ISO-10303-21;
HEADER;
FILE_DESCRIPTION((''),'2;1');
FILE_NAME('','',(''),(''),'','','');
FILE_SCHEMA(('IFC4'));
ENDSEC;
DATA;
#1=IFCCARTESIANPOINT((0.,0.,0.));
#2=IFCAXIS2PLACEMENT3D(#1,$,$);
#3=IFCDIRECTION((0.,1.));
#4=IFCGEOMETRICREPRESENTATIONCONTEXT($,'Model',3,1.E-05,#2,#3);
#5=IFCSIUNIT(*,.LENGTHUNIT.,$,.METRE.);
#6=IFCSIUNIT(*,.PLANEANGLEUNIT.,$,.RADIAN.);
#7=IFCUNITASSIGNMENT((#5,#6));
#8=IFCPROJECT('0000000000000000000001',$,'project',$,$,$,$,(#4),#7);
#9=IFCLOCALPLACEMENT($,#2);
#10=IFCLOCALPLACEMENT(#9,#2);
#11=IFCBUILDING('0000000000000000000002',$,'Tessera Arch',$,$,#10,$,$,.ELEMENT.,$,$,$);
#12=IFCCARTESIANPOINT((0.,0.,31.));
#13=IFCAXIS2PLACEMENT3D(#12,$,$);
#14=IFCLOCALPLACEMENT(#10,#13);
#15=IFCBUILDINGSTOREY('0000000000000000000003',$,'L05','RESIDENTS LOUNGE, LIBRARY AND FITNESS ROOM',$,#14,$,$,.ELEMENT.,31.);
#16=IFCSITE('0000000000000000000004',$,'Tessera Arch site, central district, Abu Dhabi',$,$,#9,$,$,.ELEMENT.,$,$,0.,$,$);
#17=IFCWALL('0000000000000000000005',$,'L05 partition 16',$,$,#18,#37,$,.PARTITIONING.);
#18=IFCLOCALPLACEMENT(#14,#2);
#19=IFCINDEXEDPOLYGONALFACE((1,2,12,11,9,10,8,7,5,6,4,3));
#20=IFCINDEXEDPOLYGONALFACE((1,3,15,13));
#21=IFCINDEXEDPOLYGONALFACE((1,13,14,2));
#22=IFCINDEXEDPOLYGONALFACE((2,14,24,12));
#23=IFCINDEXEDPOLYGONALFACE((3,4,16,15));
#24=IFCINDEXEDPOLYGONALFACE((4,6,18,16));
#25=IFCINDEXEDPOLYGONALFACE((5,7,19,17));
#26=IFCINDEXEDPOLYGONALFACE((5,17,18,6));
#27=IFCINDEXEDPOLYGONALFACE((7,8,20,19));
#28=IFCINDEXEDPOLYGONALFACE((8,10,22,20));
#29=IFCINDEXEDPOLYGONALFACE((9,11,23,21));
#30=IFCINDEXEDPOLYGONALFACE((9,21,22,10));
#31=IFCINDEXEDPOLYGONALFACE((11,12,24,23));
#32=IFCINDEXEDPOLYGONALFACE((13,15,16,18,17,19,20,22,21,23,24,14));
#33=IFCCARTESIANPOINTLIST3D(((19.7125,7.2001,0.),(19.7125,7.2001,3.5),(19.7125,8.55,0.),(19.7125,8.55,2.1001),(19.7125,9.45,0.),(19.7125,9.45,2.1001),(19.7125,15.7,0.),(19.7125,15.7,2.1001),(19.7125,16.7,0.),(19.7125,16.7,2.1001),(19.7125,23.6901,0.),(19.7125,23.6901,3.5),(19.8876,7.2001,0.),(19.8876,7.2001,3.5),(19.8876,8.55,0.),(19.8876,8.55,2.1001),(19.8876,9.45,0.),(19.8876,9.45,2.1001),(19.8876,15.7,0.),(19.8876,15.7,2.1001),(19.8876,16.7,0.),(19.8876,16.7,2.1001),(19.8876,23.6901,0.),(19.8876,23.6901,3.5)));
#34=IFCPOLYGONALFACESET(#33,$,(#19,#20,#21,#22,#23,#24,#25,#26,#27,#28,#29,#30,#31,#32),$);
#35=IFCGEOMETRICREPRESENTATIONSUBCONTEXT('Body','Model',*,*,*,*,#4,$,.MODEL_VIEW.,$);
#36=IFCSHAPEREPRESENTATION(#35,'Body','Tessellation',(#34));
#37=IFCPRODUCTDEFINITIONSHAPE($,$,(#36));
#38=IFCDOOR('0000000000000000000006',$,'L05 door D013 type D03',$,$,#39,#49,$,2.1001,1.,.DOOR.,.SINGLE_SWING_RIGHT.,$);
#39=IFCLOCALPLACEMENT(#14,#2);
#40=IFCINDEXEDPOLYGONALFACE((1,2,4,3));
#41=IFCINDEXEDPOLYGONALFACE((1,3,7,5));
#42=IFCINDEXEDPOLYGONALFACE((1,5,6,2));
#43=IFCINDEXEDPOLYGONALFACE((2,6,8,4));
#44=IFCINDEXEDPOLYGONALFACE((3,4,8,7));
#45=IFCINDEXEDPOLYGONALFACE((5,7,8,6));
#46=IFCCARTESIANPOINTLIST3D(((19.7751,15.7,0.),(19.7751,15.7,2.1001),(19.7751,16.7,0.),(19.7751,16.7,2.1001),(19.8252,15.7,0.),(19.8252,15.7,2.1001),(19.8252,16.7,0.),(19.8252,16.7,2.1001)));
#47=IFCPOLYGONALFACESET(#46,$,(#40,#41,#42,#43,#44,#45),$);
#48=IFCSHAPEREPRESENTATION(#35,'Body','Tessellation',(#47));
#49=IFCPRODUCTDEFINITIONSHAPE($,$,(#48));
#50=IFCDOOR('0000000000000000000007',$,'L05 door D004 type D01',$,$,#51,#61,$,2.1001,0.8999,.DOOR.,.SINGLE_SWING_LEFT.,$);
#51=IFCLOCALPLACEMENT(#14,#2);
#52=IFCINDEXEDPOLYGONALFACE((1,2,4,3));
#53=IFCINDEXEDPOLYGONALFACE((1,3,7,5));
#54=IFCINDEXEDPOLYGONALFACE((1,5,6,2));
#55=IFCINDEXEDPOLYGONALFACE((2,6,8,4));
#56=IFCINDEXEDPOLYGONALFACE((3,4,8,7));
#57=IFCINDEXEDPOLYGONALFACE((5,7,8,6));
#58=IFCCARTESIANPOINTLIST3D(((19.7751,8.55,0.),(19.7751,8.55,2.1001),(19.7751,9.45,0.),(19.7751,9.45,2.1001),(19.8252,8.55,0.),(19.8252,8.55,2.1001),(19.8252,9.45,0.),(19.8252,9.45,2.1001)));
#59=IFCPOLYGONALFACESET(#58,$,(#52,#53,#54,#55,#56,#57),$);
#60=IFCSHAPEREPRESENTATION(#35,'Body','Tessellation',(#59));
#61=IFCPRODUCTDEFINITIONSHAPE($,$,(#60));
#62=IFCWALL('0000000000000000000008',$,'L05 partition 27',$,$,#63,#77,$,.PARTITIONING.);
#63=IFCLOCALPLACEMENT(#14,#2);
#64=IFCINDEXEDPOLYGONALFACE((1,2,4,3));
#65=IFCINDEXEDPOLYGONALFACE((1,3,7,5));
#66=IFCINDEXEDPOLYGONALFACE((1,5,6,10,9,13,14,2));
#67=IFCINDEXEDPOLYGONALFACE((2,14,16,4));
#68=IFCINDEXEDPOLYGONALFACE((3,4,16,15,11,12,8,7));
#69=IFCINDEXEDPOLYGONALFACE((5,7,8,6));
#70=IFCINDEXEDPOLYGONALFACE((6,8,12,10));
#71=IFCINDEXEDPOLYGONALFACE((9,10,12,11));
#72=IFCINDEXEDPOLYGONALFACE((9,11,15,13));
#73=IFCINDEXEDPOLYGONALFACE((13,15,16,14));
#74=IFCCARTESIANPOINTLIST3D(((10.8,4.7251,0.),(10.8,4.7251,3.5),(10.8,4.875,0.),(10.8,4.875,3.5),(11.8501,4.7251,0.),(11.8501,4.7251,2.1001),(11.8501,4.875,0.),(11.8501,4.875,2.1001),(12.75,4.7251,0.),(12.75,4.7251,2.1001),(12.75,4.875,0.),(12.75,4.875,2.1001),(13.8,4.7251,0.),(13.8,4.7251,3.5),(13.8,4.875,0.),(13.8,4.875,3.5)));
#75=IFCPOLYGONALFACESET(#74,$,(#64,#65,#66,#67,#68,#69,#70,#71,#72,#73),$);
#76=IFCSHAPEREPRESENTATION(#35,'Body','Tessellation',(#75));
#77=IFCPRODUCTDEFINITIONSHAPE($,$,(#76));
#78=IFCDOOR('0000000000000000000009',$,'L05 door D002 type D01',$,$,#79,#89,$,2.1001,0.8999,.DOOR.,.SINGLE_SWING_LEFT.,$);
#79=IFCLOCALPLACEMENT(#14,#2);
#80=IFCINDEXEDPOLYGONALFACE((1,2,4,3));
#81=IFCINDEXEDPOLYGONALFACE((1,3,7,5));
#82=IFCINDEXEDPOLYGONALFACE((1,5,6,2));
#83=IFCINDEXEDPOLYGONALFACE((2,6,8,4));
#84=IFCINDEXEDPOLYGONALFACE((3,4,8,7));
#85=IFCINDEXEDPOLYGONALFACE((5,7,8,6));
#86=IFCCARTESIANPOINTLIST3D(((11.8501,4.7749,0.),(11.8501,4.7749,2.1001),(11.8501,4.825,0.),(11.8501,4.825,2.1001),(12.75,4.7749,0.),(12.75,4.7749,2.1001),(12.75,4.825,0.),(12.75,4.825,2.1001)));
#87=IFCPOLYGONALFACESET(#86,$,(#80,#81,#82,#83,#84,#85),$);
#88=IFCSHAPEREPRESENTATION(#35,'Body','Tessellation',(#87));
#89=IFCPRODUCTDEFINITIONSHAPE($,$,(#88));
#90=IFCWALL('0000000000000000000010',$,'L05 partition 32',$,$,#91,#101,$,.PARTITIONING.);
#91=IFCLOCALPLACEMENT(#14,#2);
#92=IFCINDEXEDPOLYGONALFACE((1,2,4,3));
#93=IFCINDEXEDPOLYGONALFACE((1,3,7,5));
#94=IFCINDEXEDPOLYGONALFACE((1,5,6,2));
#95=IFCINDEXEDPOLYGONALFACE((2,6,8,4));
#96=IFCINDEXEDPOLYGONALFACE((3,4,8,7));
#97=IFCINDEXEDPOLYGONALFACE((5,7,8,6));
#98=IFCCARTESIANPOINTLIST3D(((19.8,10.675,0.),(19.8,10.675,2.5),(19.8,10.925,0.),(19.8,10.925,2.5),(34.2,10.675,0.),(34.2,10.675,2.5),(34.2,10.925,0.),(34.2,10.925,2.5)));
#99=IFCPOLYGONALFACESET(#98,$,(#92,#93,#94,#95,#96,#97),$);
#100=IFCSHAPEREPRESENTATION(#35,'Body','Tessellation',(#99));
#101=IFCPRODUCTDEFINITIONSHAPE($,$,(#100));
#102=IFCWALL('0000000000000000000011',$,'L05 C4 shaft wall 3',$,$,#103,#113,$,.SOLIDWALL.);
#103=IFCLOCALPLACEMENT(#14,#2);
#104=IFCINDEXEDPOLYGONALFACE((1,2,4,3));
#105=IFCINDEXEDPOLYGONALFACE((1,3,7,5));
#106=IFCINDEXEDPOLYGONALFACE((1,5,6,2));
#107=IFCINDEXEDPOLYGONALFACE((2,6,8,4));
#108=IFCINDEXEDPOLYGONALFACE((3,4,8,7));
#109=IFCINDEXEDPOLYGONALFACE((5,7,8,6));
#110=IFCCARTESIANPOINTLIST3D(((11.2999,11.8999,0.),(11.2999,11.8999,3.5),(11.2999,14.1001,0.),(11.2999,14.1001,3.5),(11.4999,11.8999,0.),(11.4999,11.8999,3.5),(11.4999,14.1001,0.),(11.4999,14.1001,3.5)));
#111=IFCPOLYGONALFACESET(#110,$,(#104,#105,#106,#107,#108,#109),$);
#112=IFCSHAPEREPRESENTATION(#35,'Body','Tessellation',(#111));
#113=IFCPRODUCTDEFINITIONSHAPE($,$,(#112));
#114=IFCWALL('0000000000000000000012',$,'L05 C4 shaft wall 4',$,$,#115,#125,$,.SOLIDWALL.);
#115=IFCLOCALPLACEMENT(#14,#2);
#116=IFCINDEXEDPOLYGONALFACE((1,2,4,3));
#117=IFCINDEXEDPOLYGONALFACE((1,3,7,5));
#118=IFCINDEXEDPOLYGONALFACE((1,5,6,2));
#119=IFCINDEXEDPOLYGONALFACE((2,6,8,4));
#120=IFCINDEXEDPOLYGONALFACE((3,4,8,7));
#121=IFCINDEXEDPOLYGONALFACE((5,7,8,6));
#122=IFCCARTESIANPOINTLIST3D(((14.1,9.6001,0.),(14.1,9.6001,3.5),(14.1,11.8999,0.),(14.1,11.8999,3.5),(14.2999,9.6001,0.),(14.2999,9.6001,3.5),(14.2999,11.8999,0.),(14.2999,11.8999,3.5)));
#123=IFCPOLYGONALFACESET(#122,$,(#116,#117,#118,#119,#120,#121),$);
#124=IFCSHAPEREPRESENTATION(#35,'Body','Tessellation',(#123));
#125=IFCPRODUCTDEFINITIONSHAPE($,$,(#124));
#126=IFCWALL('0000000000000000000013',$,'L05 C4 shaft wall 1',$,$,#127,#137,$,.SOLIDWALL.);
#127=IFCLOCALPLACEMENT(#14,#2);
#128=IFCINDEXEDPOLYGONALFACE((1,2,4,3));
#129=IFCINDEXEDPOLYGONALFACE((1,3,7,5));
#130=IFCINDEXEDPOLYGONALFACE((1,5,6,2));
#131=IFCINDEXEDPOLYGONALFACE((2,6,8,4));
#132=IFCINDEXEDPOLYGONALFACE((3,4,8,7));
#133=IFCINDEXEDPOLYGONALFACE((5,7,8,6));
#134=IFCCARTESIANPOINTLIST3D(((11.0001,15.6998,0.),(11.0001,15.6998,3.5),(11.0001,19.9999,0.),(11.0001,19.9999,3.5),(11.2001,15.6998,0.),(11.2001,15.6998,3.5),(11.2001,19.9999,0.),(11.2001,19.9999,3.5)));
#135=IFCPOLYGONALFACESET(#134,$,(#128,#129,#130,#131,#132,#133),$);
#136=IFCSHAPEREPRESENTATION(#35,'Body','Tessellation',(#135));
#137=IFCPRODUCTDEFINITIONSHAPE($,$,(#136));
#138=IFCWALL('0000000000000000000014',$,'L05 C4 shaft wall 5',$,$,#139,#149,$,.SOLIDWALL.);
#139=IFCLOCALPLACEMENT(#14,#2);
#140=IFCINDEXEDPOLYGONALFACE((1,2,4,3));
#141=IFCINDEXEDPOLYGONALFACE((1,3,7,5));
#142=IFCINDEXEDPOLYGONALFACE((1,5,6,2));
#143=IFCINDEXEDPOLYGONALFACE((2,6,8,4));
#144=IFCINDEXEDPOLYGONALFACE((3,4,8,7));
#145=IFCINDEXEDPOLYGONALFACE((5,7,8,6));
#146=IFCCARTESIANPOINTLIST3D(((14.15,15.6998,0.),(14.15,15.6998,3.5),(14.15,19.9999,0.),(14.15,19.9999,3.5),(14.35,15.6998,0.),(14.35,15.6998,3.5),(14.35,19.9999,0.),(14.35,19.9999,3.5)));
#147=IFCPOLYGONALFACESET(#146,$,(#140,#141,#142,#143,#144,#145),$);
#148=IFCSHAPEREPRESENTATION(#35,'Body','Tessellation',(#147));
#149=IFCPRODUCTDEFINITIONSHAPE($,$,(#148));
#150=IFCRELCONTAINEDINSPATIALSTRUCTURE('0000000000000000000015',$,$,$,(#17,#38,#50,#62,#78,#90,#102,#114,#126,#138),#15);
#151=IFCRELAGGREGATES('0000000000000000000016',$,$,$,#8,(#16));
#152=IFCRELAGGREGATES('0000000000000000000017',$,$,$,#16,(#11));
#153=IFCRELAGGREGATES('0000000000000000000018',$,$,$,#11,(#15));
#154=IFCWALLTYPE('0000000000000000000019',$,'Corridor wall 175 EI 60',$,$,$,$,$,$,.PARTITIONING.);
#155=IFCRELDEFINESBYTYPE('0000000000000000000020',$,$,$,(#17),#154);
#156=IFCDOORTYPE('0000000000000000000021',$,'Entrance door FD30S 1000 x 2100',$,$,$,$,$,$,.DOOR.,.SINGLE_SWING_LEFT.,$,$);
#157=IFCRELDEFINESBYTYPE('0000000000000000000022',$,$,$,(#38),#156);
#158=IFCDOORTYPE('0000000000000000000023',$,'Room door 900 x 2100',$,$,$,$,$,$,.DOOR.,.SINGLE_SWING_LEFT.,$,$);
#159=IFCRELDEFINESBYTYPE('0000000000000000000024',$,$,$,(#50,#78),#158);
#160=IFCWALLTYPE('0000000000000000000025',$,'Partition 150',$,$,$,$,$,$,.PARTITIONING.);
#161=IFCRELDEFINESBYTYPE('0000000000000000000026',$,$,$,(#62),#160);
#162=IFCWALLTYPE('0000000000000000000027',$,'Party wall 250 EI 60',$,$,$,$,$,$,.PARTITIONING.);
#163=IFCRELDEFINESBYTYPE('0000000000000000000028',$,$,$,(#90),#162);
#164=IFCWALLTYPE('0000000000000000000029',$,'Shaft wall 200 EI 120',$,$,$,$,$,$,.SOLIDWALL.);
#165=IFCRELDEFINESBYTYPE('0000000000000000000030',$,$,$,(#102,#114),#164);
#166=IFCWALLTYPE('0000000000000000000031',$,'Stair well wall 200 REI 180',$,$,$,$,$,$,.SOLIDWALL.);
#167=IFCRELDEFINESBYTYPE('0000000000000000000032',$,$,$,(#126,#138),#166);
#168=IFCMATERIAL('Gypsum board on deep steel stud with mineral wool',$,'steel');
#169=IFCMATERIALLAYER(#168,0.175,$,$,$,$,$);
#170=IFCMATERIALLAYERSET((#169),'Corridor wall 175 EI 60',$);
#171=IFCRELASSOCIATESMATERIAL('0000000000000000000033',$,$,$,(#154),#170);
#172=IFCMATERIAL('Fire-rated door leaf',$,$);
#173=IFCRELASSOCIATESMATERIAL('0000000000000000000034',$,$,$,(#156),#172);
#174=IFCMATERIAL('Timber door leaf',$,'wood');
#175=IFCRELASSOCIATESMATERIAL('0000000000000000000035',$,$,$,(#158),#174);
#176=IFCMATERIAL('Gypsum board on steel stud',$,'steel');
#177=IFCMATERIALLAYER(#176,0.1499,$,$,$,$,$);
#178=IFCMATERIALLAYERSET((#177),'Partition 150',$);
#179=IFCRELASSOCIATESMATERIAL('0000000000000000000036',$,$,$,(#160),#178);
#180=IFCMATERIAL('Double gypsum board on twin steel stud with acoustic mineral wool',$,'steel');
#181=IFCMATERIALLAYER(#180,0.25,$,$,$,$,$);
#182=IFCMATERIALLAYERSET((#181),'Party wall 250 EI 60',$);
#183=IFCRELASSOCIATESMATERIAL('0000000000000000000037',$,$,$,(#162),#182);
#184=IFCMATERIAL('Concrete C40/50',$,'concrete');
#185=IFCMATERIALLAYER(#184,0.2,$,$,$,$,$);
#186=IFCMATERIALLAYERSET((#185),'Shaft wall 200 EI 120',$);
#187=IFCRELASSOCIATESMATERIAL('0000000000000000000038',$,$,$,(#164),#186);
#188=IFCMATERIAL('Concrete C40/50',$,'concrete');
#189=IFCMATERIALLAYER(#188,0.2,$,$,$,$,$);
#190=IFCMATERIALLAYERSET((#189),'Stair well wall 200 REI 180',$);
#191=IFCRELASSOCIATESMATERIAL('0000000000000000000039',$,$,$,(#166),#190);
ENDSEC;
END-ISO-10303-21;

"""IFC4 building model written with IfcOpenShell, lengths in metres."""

from ifc_helpers import new_model, si_unit, direction, frame, frame_2d, origin, place, context, subcontext, project, spatial, rectangle, extrude, material, layer, layer_set, type_object, element, fill, save


model = new_model("IFC4")

# Units and contexts
model_context = context("Model", 3, precision=1e-05, world=origin(), true_north=direction((0.0, 1.0)))
body_context = subcontext(model_context, "Body", "Model", "MODEL_VIEW")
ifc_project = project(units=[si_unit("LENGTHUNIT", "METRE"), si_unit("PLANEANGLEUNIT", "RADIAN")], contexts=[model_context])

# Site, building, storey
site_placement = place(None, origin())
site = spatial("IfcSite", under=ifc_project, at=site_placement, Name="Tessera Arch site, central district, Abu Dhabi", CompositionType="ELEMENT", RefElevation=0.0)
building_placement = place(site_placement, origin())
building = spatial("IfcBuilding", under=site, at=building_placement, Name="Tessera Arch", CompositionType="ELEMENT")
storey_placement = place(building_placement, frame((0.0, 0.0, 31.0)))
storey = spatial("IfcBuildingStorey", under=building, at=storey_placement, Name="L05", Description="RESIDENTS LOUNGE, LIBRARY AND FITNESS ROOM", CompositionType="ELEMENT", Elevation=31.0)

# Wall, openings, doors
ifc_material_1 = material(Name="Gypsum board on deep steel stud with mineral wool", Category="steel")
ifc_layer_1 = layer(ifc_material_1, 0.175)
ifc_layer_set_1 = layer_set([ifc_layer_1], Name="Corridor wall 175 EI 60")
wall_type_1 = type_object("IfcWallType", Name="Corridor wall 175 EI 60", PredefinedType="PARTITIONING", material=ifc_layer_set_1)
wall_1_placement = place(storey_placement, frame((19.8, 7.2, 0.0), z_axis=(0.0, 0.0, 1.0), x_axis=(0.0, 1.0, 0.0)))
wall_1 = element("IfcWall", 1, at=wall_1_placement, inside=storey, type_object=wall_type_1, Name="L05 partition 16", PredefinedType="PARTITIONING", context=body_context, shape_type="SweptSolid", body=[
    extrude(rectangle(XDim=16.49, YDim=0.175, at=frame_2d((8.2451, 0.0))), origin(), (0.0, 0.0, 1.0), 3.5),
])
opening_1_placement = place(wall_1_placement, frame((1.3501, 0.0, 0.0)))
opening_1 = element("IfcOpeningElement", 2, at=opening_1_placement, cuts=wall_1, PredefinedType="OPENING", context=body_context, shape_type="SweptSolid", body=[
    extrude(rectangle(XDim=0.8999, YDim=2.1001, at=frame_2d((0.45, 1.05))), frame((0.0, 0.0974, 0.0), z_axis=(0.0, -1.0, 0.0), x_axis=(1.0, 0.0, 0.0)), (0.0, 0.0, 1.0), 0.1951),
])
opening_2_placement = place(wall_1_placement, frame((8.5, 0.0, 0.0)))
opening_2 = element("IfcOpeningElement", 3, at=opening_2_placement, cuts=wall_1, PredefinedType="OPENING", context=body_context, shape_type="SweptSolid", body=[
    extrude(rectangle(XDim=1.0, YDim=2.1001, at=frame_2d((0.5, 1.05))), frame((0.0, 0.0974, 0.0), z_axis=(0.0, -1.0, 0.0), x_axis=(1.0, 0.0, 0.0)), (0.0, 0.0, 1.0), 0.1951),
])
ifc_material_2 = material(Name="Fire-rated door leaf")
door_type_1 = type_object("IfcDoorType", Name="Entrance door FD30S 1000 x 2100", OperationType="SINGLE_SWING_LEFT", PredefinedType="DOOR", material=ifc_material_2)
door_1_placement = place(opening_2_placement, origin())
door_1 = element("IfcDoor", 4, at=door_1_placement, inside=storey, type_object=door_type_1, Name="L05 door D013 type D03", OperationType="SINGLE_SWING_RIGHT", OverallHeight=2.1001, OverallWidth=1.0, PredefinedType="DOOR", context=body_context, shape_type="SweptSolid", body=[
    extrude(rectangle(XDim=1.0, YDim=2.1001, at=frame_2d((0.5, 1.05))), frame((0.0, 0.0249, 0.0), z_axis=(0.0, -1.0, 0.0), x_axis=(1.0, 0.0, 0.0)), (0.0, 0.0, 1.0), 0.05),
])
fill(opening_2, door_1)
ifc_material_3 = material(Name="Timber door leaf", Category="wood")
door_type_2 = type_object("IfcDoorType", Name="Room door 900 x 2100", OperationType="SINGLE_SWING_LEFT", PredefinedType="DOOR", material=ifc_material_3)
door_2_placement = place(opening_1_placement, origin())
door_2 = element("IfcDoor", 5, at=door_2_placement, inside=storey, type_object=door_type_2, Name="L05 door D004 type D01", OperationType="SINGLE_SWING_LEFT", OverallHeight=2.1001, OverallWidth=0.8999, PredefinedType="DOOR", context=body_context, shape_type="SweptSolid", body=[
    extrude(rectangle(XDim=0.8999, YDim=2.1001, at=frame_2d((0.45, 1.05))), frame((0.0, 0.0249, 0.0), z_axis=(0.0, -1.0, 0.0), x_axis=(1.0, 0.0, 0.0)), (0.0, 0.0, 1.0), 0.05),
])
fill(opening_1, door_2)

# Wall, opening, door
ifc_material_4 = material(Name="Gypsum board on steel stud", Category="steel")
ifc_layer_2 = layer(ifc_material_4, 0.1499)
ifc_layer_set_2 = layer_set([ifc_layer_2], Name="Partition 150")
wall_type_2 = type_object("IfcWallType", Name="Partition 150", PredefinedType="PARTITIONING", material=ifc_layer_set_2)
wall_2_placement = place(storey_placement, frame((10.8, 4.8, 0.0), z_axis=(0.0, 0.0, 1.0), x_axis=(1.0, 0.0, 0.0)))
wall_2 = element("IfcWall", 6, at=wall_2_placement, inside=storey, type_object=wall_type_2, Name="L05 partition 27", PredefinedType="PARTITIONING", context=body_context, shape_type="SweptSolid", body=[
    extrude(rectangle(XDim=3.0, YDim=0.1499, at=frame_2d((1.5, 0.0))), origin(), (0.0, 0.0, 1.0), 3.5),
])
opening_3_placement = place(wall_2_placement, frame((1.05, 0.0, 0.0)))
opening_3 = element("IfcOpeningElement", 7, at=opening_3_placement, cuts=wall_2, PredefinedType="OPENING", context=body_context, shape_type="SweptSolid", body=[
    extrude(rectangle(XDim=0.8999, YDim=2.1001, at=frame_2d((0.45, 1.05))), frame((0.0, 0.085, 0.0), z_axis=(0.0, -1.0, 0.0), x_axis=(1.0, 0.0, 0.0)), (0.0, 0.0, 1.0), 0.1699),
])
door_3_placement = place(opening_3_placement, origin())
door_3 = element("IfcDoor", 8, at=door_3_placement, inside=storey, type_object=door_type_2, Name="L05 door D002 type D01", OperationType="SINGLE_SWING_LEFT", OverallHeight=2.1001, OverallWidth=0.8999, PredefinedType="DOOR", context=body_context, shape_type="SweptSolid", body=[
    extrude(rectangle(XDim=0.8999, YDim=2.1001, at=frame_2d((0.45, 1.05))), frame((0.0, 0.0249, 0.0), z_axis=(0.0, -1.0, 0.0), x_axis=(1.0, 0.0, 0.0)), (0.0, 0.0, 1.0), 0.05),
])
fill(opening_3, door_3)

# Walls
ifc_material_5 = material(Name="Double gypsum board on twin steel stud with acoustic mineral wool", Category="steel")
ifc_layer_3 = layer(ifc_material_5, 0.25)
ifc_layer_set_3 = layer_set([ifc_layer_3], Name="Party wall 250 EI 60")
wall_type_3 = type_object("IfcWallType", Name="Party wall 250 EI 60", PredefinedType="PARTITIONING", material=ifc_layer_set_3)
wall_3_placement = place(storey_placement, frame((19.8, 10.8, 0.0), z_axis=(0.0, 0.0, 1.0), x_axis=(1.0, 0.0, 0.0)))
element("IfcWall", 9, at=wall_3_placement, inside=storey, type_object=wall_type_3, Name="L05 partition 32", PredefinedType="PARTITIONING", context=body_context, shape_type="SweptSolid", body=[
    extrude(rectangle(XDim=14.3999, YDim=0.25, at=frame_2d((7.2, 0.0))), origin(), (0.0, 0.0, 1.0), 2.5),
])
ifc_material_6 = material(Name="Concrete C40/50", Category="concrete")
ifc_layer_4 = layer(ifc_material_6, 0.2)
ifc_layer_set_4 = layer_set([ifc_layer_4], Name="Shaft wall 200 EI 120")
wall_type_4 = type_object("IfcWallType", Name="Shaft wall 200 EI 120", PredefinedType="SOLIDWALL", material=ifc_layer_set_4)
wall_4_placement = place(storey_placement, frame((11.3999, 11.8999, 0.0), z_axis=(0.0, 0.0, 1.0), x_axis=(0.0, 1.0, 0.0)))
element("IfcWall", 10, at=wall_4_placement, inside=storey, type_object=wall_type_4, Name="L05 C4 shaft wall 3", PredefinedType="SOLIDWALL", context=body_context, shape_type="SweptSolid", body=[
    extrude(rectangle(XDim=2.2002, YDim=0.2, at=frame_2d((1.1001, 0.0))), origin(), (0.0, 0.0, 1.0), 3.5),
])
wall_5_placement = place(storey_placement, frame((14.2, 9.6001, 0.0), z_axis=(0.0, 0.0, 1.0), x_axis=(0.0, 1.0, 0.0)))
element("IfcWall", 11, at=wall_5_placement, inside=storey, type_object=wall_type_4, Name="L05 C4 shaft wall 4", PredefinedType="SOLIDWALL", context=body_context, shape_type="SweptSolid", body=[
    extrude(rectangle(XDim=2.2998, YDim=0.2, at=frame_2d((1.1499, 0.0))), origin(), (0.0, 0.0, 1.0), 3.5),
])
ifc_material_7 = material(Name="Concrete C40/50", Category="concrete")
ifc_layer_5 = layer(ifc_material_7, 0.2)
ifc_layer_set_5 = layer_set([ifc_layer_5], Name="Stair well wall 200 REI 180")
wall_type_5 = type_object("IfcWallType", Name="Stair well wall 200 REI 180", PredefinedType="SOLIDWALL", material=ifc_layer_set_5)
for number, where, z_axis, x_axis, name in (
    (12, (11.1001, 15.7, 0.0), (0.0, 0.0, 1.0), (0.0, 1.0, 0.0), "L05 C4 shaft wall 1"),
    (13, (14.25, 15.7, 0.0), (0.0, 0.0, 1.0), (0.0, 1.0, 0.0), "L05 C4 shaft wall 5"),
):
    element("IfcWall", number, at=place(storey_placement, frame(where, z_axis=z_axis, x_axis=x_axis)), inside=storey, type_object=wall_type_5, Name=name, PredefinedType="SOLIDWALL", context=body_context, shape_type="SweptSolid", body=[
        extrude(rectangle(XDim=4.3, YDim=0.2, at=frame_2d((2.1499, 0.0))), origin(), (0.0, 0.0, 1.0), 3.5),
    ])

save(model, "model.ifc")
